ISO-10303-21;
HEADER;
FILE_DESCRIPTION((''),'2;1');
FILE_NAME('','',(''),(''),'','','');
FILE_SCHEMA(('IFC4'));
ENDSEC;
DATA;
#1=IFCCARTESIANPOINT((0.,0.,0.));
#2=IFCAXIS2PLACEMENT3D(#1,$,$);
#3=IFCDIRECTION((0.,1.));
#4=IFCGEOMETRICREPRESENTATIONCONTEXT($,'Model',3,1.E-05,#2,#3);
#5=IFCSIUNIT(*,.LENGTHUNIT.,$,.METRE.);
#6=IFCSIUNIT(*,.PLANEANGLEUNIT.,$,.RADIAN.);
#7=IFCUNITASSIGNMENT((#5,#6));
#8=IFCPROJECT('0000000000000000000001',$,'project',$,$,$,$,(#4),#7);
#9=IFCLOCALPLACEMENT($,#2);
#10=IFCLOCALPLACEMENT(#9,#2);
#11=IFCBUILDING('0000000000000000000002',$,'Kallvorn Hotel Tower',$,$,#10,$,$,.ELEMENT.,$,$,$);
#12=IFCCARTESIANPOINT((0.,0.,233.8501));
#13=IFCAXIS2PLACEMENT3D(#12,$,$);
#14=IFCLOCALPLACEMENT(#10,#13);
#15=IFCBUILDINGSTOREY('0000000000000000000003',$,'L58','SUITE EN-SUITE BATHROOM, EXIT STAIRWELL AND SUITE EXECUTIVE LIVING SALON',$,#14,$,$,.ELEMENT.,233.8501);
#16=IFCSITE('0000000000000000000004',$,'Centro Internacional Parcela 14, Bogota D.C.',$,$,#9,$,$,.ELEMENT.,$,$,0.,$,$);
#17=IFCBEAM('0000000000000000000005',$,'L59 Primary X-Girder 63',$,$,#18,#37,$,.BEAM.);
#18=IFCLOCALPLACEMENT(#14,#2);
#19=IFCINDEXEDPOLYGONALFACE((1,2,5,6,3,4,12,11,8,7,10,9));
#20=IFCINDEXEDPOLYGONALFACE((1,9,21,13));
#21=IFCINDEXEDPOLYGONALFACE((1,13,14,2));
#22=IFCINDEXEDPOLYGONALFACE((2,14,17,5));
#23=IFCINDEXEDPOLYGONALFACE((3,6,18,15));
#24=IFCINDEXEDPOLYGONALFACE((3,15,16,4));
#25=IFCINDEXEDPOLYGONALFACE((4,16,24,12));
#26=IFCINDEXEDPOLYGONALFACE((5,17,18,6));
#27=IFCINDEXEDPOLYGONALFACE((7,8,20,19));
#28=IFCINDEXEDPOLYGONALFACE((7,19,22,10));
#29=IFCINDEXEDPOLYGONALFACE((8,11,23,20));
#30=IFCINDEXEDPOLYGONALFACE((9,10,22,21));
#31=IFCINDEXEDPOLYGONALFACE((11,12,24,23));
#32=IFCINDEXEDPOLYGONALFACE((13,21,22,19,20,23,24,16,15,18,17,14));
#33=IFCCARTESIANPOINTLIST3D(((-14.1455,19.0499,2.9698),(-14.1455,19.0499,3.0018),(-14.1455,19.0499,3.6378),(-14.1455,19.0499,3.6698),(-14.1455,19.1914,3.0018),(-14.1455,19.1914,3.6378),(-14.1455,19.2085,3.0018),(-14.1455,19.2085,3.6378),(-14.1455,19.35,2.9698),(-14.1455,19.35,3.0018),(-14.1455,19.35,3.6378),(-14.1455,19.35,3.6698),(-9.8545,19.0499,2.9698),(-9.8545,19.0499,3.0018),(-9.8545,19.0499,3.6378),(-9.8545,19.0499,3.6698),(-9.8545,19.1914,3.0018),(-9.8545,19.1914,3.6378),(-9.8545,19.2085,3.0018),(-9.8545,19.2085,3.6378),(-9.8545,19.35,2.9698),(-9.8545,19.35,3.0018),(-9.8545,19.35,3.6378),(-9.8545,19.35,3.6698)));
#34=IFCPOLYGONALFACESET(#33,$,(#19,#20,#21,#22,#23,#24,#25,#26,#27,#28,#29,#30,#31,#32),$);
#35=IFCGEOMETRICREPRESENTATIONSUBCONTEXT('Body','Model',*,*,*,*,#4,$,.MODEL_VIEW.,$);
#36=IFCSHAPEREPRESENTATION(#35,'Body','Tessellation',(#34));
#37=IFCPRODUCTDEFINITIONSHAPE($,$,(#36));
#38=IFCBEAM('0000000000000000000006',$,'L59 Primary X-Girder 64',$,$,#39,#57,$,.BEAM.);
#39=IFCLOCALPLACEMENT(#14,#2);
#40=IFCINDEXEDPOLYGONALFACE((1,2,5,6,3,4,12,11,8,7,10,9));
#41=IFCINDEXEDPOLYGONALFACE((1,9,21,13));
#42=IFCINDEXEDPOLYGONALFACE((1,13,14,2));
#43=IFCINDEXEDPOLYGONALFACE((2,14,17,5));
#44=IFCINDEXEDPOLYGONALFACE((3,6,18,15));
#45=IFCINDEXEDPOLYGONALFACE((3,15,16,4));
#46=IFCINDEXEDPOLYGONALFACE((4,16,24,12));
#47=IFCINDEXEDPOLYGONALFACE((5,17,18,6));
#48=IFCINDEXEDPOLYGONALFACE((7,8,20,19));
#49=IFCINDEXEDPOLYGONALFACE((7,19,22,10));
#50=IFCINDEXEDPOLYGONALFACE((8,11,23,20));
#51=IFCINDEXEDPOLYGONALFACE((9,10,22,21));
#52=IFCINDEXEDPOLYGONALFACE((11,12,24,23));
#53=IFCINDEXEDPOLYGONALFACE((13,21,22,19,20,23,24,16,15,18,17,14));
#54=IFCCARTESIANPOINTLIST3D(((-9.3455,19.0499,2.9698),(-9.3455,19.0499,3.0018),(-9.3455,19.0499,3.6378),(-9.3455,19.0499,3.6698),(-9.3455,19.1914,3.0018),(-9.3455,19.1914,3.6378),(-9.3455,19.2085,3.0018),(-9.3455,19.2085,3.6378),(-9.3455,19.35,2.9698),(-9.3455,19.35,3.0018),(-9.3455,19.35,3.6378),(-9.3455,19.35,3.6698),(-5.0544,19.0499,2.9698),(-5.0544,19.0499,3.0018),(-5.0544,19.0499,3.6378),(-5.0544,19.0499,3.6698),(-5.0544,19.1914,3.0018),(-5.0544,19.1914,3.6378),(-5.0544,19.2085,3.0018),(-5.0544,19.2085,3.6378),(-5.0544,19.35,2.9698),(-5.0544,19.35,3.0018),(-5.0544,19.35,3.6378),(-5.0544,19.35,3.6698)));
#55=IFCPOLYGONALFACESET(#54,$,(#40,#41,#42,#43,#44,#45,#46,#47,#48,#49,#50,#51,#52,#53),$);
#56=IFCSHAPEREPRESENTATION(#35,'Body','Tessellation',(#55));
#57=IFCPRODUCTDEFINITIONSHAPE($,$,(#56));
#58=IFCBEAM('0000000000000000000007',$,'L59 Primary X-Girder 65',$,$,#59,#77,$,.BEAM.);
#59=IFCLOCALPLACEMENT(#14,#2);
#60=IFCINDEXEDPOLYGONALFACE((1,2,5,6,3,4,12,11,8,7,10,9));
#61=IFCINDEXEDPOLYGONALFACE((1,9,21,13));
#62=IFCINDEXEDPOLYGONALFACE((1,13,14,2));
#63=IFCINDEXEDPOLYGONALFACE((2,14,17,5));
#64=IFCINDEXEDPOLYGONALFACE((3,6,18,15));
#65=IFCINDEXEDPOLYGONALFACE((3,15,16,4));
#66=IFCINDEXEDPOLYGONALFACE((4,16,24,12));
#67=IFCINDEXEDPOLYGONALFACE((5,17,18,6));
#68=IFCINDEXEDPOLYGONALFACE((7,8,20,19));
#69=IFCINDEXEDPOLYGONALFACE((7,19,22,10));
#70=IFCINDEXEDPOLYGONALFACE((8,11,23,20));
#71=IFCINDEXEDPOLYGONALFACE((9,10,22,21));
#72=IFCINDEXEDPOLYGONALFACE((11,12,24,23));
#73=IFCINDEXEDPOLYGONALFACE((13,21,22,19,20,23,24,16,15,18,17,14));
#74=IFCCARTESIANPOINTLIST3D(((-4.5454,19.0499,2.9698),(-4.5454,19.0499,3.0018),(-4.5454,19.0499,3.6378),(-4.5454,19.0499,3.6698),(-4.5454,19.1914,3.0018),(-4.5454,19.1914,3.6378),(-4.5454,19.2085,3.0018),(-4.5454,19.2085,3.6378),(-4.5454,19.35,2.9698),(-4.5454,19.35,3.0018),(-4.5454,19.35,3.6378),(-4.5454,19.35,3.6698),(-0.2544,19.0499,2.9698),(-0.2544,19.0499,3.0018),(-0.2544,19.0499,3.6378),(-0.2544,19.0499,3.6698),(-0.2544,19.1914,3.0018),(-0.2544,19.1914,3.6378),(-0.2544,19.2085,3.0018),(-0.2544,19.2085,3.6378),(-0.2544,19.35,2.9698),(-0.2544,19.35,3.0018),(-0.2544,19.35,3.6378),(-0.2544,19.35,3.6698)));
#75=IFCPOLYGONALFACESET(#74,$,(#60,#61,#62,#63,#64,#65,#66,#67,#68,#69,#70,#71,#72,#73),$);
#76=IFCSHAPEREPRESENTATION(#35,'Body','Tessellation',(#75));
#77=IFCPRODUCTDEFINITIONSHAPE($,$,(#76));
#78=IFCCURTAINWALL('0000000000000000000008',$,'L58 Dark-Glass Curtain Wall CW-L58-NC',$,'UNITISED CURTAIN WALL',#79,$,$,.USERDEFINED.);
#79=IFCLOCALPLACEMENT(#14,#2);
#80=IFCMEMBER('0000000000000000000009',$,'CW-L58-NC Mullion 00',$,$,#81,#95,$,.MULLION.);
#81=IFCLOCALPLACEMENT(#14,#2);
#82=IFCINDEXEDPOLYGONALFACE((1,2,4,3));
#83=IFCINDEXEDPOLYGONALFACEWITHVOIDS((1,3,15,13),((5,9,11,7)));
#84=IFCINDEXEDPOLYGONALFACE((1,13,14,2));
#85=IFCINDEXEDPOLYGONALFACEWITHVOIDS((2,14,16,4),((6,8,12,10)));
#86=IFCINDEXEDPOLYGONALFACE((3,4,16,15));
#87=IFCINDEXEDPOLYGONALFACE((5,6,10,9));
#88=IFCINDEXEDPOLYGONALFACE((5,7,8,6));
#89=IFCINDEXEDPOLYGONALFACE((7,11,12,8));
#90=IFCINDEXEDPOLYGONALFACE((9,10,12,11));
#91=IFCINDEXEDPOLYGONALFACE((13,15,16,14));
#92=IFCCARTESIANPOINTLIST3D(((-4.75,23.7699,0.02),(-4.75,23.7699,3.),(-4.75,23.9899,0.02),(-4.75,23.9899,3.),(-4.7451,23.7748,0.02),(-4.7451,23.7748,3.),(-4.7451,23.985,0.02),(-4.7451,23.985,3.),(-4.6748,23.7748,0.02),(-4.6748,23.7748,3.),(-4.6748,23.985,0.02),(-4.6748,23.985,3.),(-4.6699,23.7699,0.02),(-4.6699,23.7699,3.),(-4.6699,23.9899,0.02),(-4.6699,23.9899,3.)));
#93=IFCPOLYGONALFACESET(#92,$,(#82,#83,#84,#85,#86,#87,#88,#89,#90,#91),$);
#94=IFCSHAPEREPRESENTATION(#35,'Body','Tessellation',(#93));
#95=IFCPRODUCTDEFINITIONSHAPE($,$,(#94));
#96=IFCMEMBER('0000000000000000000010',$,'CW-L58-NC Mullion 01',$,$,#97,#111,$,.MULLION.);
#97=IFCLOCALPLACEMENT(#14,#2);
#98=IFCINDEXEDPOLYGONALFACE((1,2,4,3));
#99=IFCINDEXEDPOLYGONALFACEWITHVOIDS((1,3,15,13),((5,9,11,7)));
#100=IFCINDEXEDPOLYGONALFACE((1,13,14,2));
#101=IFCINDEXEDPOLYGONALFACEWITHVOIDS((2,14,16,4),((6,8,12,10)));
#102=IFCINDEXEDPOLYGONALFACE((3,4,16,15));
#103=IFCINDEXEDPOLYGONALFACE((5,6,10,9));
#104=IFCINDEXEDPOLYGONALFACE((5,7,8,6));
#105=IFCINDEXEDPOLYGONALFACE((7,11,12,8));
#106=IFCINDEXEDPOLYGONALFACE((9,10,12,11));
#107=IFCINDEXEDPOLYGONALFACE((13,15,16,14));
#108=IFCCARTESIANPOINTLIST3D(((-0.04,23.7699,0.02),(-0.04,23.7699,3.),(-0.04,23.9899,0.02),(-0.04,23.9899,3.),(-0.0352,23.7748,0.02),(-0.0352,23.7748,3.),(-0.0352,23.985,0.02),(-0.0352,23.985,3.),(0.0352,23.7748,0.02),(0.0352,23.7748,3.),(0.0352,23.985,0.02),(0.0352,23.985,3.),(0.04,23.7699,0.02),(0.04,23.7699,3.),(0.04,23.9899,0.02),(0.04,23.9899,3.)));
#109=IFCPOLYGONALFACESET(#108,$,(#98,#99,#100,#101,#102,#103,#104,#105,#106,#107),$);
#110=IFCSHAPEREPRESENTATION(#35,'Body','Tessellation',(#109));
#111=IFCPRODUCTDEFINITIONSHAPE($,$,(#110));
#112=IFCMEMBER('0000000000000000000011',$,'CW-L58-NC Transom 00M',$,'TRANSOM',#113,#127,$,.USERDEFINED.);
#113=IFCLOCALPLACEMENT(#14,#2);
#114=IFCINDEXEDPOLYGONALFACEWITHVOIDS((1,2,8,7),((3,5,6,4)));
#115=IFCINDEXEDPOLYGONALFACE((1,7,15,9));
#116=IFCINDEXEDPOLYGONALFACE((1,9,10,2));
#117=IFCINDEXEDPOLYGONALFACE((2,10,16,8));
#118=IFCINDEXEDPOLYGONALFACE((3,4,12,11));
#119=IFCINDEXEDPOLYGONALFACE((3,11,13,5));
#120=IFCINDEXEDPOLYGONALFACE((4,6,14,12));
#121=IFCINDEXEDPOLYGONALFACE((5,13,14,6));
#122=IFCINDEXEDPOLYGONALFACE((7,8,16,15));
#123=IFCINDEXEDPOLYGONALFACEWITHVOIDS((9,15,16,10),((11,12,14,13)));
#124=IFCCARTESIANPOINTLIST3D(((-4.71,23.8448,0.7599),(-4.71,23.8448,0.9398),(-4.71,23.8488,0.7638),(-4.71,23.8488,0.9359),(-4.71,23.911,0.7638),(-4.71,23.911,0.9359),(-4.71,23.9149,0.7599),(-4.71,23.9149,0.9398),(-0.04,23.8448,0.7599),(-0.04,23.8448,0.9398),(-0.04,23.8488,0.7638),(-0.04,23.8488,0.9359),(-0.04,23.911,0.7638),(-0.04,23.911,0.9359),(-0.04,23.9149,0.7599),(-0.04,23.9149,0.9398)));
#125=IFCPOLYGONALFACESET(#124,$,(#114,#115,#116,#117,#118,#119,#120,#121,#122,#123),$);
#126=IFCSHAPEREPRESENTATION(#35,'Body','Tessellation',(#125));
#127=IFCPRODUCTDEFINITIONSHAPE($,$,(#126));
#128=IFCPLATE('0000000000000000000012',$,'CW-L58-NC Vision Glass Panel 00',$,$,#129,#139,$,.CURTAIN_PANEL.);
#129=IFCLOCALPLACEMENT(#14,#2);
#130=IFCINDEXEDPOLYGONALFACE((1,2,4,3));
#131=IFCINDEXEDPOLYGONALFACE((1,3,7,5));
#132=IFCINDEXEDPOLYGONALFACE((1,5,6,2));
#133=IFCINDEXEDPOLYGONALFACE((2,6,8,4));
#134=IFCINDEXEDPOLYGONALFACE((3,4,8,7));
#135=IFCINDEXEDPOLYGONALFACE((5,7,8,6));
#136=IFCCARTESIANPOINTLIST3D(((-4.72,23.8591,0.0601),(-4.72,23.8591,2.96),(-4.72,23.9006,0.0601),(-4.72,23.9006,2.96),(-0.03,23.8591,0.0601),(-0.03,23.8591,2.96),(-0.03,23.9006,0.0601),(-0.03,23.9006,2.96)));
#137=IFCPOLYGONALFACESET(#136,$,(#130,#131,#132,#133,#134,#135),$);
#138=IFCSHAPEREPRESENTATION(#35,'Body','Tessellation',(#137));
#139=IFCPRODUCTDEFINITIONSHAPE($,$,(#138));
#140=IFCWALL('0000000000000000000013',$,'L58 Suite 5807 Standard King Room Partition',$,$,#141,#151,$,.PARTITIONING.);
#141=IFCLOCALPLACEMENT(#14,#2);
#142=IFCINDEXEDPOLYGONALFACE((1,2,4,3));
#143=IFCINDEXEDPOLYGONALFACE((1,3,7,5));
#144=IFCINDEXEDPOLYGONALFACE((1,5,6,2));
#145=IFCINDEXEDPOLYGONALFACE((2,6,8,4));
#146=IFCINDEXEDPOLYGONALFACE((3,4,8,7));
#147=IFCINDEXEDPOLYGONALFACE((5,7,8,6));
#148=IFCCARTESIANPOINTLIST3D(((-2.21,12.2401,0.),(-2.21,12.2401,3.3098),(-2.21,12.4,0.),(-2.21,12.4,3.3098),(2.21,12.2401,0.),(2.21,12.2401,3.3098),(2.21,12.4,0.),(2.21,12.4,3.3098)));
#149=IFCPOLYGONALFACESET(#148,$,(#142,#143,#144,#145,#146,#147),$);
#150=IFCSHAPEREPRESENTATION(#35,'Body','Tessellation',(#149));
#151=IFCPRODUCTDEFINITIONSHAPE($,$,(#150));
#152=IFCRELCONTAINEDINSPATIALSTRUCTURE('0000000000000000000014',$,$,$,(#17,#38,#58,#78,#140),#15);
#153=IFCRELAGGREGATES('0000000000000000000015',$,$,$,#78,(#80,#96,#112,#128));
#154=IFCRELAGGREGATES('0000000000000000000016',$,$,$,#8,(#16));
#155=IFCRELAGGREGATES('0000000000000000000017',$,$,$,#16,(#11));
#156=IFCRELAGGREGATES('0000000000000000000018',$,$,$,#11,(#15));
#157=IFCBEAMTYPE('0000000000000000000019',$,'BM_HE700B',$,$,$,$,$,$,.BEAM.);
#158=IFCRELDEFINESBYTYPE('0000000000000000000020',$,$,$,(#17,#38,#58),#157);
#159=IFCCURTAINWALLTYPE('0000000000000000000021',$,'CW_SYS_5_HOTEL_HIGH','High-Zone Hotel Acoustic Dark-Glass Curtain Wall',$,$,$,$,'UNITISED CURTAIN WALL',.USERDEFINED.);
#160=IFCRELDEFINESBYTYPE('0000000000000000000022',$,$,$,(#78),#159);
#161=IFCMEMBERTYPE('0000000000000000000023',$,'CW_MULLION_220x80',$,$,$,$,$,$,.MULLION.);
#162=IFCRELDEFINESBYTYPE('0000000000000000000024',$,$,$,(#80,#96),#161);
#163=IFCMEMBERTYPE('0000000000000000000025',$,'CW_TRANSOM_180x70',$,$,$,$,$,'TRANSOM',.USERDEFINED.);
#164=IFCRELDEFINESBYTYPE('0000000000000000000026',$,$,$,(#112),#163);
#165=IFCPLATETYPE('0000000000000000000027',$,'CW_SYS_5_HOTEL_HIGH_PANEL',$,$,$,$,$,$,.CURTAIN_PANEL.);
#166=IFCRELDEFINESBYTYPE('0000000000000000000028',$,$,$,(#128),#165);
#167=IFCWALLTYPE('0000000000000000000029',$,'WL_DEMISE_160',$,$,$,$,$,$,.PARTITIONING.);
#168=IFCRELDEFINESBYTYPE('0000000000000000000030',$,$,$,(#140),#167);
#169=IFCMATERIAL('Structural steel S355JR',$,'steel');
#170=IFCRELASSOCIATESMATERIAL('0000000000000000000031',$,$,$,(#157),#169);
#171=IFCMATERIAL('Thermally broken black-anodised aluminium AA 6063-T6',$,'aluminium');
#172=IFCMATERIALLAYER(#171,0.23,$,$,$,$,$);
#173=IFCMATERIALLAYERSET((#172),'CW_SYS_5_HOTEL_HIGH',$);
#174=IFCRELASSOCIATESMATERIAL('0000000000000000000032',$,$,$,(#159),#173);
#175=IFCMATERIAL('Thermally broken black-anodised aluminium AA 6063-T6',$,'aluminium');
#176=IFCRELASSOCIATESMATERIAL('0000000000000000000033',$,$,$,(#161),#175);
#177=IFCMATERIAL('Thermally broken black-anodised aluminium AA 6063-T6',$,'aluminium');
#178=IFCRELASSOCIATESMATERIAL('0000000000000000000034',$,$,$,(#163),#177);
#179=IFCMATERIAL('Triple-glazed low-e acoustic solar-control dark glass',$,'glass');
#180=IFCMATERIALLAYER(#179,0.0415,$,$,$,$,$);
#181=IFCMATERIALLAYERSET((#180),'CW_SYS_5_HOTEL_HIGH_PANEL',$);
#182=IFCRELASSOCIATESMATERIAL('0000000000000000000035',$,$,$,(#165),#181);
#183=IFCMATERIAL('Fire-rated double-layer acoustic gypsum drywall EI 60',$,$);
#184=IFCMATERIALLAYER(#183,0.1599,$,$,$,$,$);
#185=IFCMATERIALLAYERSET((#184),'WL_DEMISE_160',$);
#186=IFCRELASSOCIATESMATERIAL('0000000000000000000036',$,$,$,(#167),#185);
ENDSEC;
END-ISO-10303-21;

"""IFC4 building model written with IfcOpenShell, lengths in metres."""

from ifc_helpers import new_model, si_unit, direction, frame, frame_2d, origin, origin_2d, place, context, subcontext, project, spatial, rectangle, hollow_rectangle, i_section, extrude, material, layer, layer_set, material_profile, profile_set, type_object, element, aggregate, save


model = new_model("IFC4")

# Units and contexts
model_context = context("Model", 3, precision=1e-05, world=origin(), true_north=direction((0.0, 1.0)))
body_context = subcontext(model_context, "Body", "Model", "MODEL_VIEW")
ifc_project = project(units=[si_unit("LENGTHUNIT", "METRE"), si_unit("PLANEANGLEUNIT", "RADIAN")], contexts=[model_context])

# Site, building, storey
site_placement = place(None, origin())
site = spatial("IfcSite", under=ifc_project, at=site_placement, Name="Centro Internacional Parcela 14, Bogota D.C.", CompositionType="ELEMENT", RefElevation=0.0)
building_placement = place(site_placement, origin())
building = spatial("IfcBuilding", under=site, at=building_placement, Name="Kallvorn Hotel Tower", CompositionType="ELEMENT")
storey_placement = place(building_placement, frame((0.0, 0.0, 233.8501)))
storey = spatial("IfcBuildingStorey", under=building, at=storey_placement, Name="L58", Description="SUITE EN-SUITE BATHROOM, EXIT STAIRWELL AND SUITE EXECUTIVE LIVING SALON", CompositionType="ELEMENT", Elevation=233.8501)

# Beams
ifc_material_1 = material(Name="Structural steel S355JR", Category="steel")
ifc_material_profile_1 = material_profile(ifc_material_1, i_section(OverallWidth=0.3, OverallDepth=0.7, WebThickness=0.0171, FlangeThickness=0.032, at=origin_2d()), Name="HE 700 B")
ifc_profile_set_1 = profile_set([ifc_material_profile_1], Name="Structural steel S355JR")
beam_type_1 = type_object("IfcBeamType", Name="BM_HE700B", PredefinedType="BEAM", material=ifc_profile_set_1)
for number, where, z_axis, x_axis, name in (
    (1, (-14.1455, 19.2, 3.3198), (1.0, 0.0, 0.0), (0.0, 1.0, 0.0), "L59 Primary X-Girder 63"),
    (2, (-9.3455, 19.2, 3.3198), (1.0, 0.0, 0.0), (0.0, 1.0, 0.0), "L59 Primary X-Girder 64"),
    (3, (-4.5454, 19.2, 3.3198), (1.0, 0.0, 0.0), (0.0, 1.0, 0.0), "L59 Primary X-Girder 65"),
):
    element("IfcBeam", number, at=place(storey_placement, frame(where, z_axis=z_axis, x_axis=x_axis)), inside=storey, type_object=beam_type_1, Name=name, PredefinedType="BEAM", context=body_context, shape_type="SweptSolid", body=[
        extrude(i_section(OverallWidth=0.3, OverallDepth=0.7, WebThickness=0.0171, FlangeThickness=0.032, at=origin_2d()), origin(), (0.0, 0.0, 1.0), 4.291),
    ])

# Curtain wall, members, plate
ifc_material_2 = material(Name="Thermally broken black-anodised aluminium AA 6063-T6", Category="aluminium")
ifc_layer_1 = layer(ifc_material_2, 0.23)
ifc_layer_set_1 = layer_set([ifc_layer_1], Name="CW_SYS_5_HOTEL_HIGH")
curtain_wall_type = type_object("IfcCurtainWallType", Name="CW_SYS_5_HOTEL_HIGH", Description="High-Zone Hotel Acoustic Dark-Glass Curtain Wall", ElementType="UNITISED CURTAIN WALL", PredefinedType="USERDEFINED", material=ifc_layer_set_1)
curtain_wall_placement = place(storey_placement, origin())
curtain_wall = element("IfcCurtainWall", 4, at=curtain_wall_placement, inside=storey, type_object=curtain_wall_type, Name="L58 Dark-Glass Curtain Wall CW-L58-NC", ObjectType="UNITISED CURTAIN WALL", PredefinedType="USERDEFINED")
ifc_material_3 = material(Name="Thermally broken black-anodised aluminium AA 6063-T6", Category="aluminium")
ifc_material_profile_2 = material_profile(ifc_material_3, hollow_rectangle(XDim=0.0801, YDim=0.22, WallThickness=0.0049, at=origin_2d()), Name="MUL 220x80")
ifc_profile_set_2 = profile_set([ifc_material_profile_2], Name="Thermally broken black-anodised aluminium AA 6063-T6")
member_type_1 = type_object("IfcMemberType", Name="CW_MULLION_220x80", PredefinedType="MULLION", material=ifc_profile_set_2)
member_1_placement = place(storey_placement, frame((-4.71, 23.8799, 0.02), z_axis=(0.0, 0.0, 1.0), x_axis=(1.0, 0.0, 0.0)))
member_1 = element("IfcMember", 5, at=member_1_placement, type_object=member_type_1, Name="CW-L58-NC Mullion 00", PredefinedType="MULLION", context=body_context, shape_type="SweptSolid", body=[
    extrude(hollow_rectangle(XDim=0.0801, YDim=0.22, WallThickness=0.0049, at=origin_2d()), origin(), (0.0, 0.0, 1.0), 2.98),
])
member_2_placement = place(storey_placement, frame((0.0, 23.8799, 0.02), z_axis=(0.0, 0.0, 1.0), x_axis=(1.0, 0.0, 0.0)))
member_2 = element("IfcMember", 6, at=member_2_placement, type_object=member_type_1, Name="CW-L58-NC Mullion 01", PredefinedType="MULLION", context=body_context, shape_type="SweptSolid", body=[
    extrude(hollow_rectangle(XDim=0.0801, YDim=0.22, WallThickness=0.0049, at=origin_2d()), origin(), (0.0, 0.0, 1.0), 2.98),
])
ifc_material_4 = material(Name="Thermally broken black-anodised aluminium AA 6063-T6", Category="aluminium")
ifc_material_profile_3 = material_profile(ifc_material_4, hollow_rectangle(XDim=0.0701, YDim=0.1799, WallThickness=0.0039, at=origin_2d()), Name="TRN 180x70")
ifc_profile_set_3 = profile_set([ifc_material_profile_3], Name="Thermally broken black-anodised aluminium AA 6063-T6")
member_type_2 = type_object("IfcMemberType", Name="CW_TRANSOM_180x70", ElementType="TRANSOM", PredefinedType="USERDEFINED", material=ifc_profile_set_3)
member_3_placement = place(storey_placement, frame((-4.71, 23.8799, 0.8499), z_axis=(1.0, 0.0, 0.0), x_axis=(0.0, 1.0, 0.0)))
member_3 = element("IfcMember", 7, at=member_3_placement, type_object=member_type_2, Name="CW-L58-NC Transom 00M", ObjectType="TRANSOM", PredefinedType="USERDEFINED", context=body_context, shape_type="SweptSolid", body=[
    extrude(hollow_rectangle(XDim=0.0701, YDim=0.1799, WallThickness=0.0039, at=origin_2d()), origin(), (0.0, 0.0, 1.0), 4.6699),
])
ifc_material_5 = material(Name="Triple-glazed low-e acoustic solar-control dark glass", Category="glass")
ifc_layer_2 = layer(ifc_material_5, 0.0415)
ifc_layer_set_2 = layer_set([ifc_layer_2], Name="CW_SYS_5_HOTEL_HIGH_PANEL")
plate_type = type_object("IfcPlateType", Name="CW_SYS_5_HOTEL_HIGH_PANEL", PredefinedType="CURTAIN_PANEL", material=ifc_layer_set_2)
plate_placement = place(storey_placement, frame((-2.375, 23.8799, 0.0601), z_axis=(0.0, 0.0, 1.0), x_axis=(1.0, 0.0, 0.0)))
plate = element("IfcPlate", 8, at=plate_placement, type_object=plate_type, Name="CW-L58-NC Vision Glass Panel 00", PredefinedType="CURTAIN_PANEL", context=body_context, shape_type="SweptSolid", body=[
    extrude(rectangle(XDim=4.6899, YDim=0.0415, at=origin_2d()), origin(), (0.0, 0.0, 1.0), 2.8999),
])
aggregate(curtain_wall, [member_1, member_2, member_3, plate])

# Wall
ifc_material_6 = material(Name="Fire-rated double-layer acoustic gypsum drywall EI 60")
ifc_layer_3 = layer(ifc_material_6, 0.1599)
ifc_layer_set_3 = layer_set([ifc_layer_3], Name="WL_DEMISE_160")
wall_type = type_object("IfcWallType", Name="WL_DEMISE_160", PredefinedType="PARTITIONING", material=ifc_layer_set_3)
wall_1_placement = place(storey_placement, frame((-2.21, 12.3201, 0.0), z_axis=(0.0, 0.0, 1.0), x_axis=(1.0, 0.0, 0.0)))
element("IfcWall", 9, at=wall_1_placement, inside=storey, type_object=wall_type, Name="L58 Suite 5807 Standard King Room Partition", PredefinedType="PARTITIONING", context=body_context, shape_type="SweptSolid", body=[
    extrude(rectangle(XDim=4.4199, YDim=0.1599, at=frame_2d((2.21, 0.0))), origin(), (0.0, 0.0, 1.0), 3.3098),
])

save(model, "model.ifc")
